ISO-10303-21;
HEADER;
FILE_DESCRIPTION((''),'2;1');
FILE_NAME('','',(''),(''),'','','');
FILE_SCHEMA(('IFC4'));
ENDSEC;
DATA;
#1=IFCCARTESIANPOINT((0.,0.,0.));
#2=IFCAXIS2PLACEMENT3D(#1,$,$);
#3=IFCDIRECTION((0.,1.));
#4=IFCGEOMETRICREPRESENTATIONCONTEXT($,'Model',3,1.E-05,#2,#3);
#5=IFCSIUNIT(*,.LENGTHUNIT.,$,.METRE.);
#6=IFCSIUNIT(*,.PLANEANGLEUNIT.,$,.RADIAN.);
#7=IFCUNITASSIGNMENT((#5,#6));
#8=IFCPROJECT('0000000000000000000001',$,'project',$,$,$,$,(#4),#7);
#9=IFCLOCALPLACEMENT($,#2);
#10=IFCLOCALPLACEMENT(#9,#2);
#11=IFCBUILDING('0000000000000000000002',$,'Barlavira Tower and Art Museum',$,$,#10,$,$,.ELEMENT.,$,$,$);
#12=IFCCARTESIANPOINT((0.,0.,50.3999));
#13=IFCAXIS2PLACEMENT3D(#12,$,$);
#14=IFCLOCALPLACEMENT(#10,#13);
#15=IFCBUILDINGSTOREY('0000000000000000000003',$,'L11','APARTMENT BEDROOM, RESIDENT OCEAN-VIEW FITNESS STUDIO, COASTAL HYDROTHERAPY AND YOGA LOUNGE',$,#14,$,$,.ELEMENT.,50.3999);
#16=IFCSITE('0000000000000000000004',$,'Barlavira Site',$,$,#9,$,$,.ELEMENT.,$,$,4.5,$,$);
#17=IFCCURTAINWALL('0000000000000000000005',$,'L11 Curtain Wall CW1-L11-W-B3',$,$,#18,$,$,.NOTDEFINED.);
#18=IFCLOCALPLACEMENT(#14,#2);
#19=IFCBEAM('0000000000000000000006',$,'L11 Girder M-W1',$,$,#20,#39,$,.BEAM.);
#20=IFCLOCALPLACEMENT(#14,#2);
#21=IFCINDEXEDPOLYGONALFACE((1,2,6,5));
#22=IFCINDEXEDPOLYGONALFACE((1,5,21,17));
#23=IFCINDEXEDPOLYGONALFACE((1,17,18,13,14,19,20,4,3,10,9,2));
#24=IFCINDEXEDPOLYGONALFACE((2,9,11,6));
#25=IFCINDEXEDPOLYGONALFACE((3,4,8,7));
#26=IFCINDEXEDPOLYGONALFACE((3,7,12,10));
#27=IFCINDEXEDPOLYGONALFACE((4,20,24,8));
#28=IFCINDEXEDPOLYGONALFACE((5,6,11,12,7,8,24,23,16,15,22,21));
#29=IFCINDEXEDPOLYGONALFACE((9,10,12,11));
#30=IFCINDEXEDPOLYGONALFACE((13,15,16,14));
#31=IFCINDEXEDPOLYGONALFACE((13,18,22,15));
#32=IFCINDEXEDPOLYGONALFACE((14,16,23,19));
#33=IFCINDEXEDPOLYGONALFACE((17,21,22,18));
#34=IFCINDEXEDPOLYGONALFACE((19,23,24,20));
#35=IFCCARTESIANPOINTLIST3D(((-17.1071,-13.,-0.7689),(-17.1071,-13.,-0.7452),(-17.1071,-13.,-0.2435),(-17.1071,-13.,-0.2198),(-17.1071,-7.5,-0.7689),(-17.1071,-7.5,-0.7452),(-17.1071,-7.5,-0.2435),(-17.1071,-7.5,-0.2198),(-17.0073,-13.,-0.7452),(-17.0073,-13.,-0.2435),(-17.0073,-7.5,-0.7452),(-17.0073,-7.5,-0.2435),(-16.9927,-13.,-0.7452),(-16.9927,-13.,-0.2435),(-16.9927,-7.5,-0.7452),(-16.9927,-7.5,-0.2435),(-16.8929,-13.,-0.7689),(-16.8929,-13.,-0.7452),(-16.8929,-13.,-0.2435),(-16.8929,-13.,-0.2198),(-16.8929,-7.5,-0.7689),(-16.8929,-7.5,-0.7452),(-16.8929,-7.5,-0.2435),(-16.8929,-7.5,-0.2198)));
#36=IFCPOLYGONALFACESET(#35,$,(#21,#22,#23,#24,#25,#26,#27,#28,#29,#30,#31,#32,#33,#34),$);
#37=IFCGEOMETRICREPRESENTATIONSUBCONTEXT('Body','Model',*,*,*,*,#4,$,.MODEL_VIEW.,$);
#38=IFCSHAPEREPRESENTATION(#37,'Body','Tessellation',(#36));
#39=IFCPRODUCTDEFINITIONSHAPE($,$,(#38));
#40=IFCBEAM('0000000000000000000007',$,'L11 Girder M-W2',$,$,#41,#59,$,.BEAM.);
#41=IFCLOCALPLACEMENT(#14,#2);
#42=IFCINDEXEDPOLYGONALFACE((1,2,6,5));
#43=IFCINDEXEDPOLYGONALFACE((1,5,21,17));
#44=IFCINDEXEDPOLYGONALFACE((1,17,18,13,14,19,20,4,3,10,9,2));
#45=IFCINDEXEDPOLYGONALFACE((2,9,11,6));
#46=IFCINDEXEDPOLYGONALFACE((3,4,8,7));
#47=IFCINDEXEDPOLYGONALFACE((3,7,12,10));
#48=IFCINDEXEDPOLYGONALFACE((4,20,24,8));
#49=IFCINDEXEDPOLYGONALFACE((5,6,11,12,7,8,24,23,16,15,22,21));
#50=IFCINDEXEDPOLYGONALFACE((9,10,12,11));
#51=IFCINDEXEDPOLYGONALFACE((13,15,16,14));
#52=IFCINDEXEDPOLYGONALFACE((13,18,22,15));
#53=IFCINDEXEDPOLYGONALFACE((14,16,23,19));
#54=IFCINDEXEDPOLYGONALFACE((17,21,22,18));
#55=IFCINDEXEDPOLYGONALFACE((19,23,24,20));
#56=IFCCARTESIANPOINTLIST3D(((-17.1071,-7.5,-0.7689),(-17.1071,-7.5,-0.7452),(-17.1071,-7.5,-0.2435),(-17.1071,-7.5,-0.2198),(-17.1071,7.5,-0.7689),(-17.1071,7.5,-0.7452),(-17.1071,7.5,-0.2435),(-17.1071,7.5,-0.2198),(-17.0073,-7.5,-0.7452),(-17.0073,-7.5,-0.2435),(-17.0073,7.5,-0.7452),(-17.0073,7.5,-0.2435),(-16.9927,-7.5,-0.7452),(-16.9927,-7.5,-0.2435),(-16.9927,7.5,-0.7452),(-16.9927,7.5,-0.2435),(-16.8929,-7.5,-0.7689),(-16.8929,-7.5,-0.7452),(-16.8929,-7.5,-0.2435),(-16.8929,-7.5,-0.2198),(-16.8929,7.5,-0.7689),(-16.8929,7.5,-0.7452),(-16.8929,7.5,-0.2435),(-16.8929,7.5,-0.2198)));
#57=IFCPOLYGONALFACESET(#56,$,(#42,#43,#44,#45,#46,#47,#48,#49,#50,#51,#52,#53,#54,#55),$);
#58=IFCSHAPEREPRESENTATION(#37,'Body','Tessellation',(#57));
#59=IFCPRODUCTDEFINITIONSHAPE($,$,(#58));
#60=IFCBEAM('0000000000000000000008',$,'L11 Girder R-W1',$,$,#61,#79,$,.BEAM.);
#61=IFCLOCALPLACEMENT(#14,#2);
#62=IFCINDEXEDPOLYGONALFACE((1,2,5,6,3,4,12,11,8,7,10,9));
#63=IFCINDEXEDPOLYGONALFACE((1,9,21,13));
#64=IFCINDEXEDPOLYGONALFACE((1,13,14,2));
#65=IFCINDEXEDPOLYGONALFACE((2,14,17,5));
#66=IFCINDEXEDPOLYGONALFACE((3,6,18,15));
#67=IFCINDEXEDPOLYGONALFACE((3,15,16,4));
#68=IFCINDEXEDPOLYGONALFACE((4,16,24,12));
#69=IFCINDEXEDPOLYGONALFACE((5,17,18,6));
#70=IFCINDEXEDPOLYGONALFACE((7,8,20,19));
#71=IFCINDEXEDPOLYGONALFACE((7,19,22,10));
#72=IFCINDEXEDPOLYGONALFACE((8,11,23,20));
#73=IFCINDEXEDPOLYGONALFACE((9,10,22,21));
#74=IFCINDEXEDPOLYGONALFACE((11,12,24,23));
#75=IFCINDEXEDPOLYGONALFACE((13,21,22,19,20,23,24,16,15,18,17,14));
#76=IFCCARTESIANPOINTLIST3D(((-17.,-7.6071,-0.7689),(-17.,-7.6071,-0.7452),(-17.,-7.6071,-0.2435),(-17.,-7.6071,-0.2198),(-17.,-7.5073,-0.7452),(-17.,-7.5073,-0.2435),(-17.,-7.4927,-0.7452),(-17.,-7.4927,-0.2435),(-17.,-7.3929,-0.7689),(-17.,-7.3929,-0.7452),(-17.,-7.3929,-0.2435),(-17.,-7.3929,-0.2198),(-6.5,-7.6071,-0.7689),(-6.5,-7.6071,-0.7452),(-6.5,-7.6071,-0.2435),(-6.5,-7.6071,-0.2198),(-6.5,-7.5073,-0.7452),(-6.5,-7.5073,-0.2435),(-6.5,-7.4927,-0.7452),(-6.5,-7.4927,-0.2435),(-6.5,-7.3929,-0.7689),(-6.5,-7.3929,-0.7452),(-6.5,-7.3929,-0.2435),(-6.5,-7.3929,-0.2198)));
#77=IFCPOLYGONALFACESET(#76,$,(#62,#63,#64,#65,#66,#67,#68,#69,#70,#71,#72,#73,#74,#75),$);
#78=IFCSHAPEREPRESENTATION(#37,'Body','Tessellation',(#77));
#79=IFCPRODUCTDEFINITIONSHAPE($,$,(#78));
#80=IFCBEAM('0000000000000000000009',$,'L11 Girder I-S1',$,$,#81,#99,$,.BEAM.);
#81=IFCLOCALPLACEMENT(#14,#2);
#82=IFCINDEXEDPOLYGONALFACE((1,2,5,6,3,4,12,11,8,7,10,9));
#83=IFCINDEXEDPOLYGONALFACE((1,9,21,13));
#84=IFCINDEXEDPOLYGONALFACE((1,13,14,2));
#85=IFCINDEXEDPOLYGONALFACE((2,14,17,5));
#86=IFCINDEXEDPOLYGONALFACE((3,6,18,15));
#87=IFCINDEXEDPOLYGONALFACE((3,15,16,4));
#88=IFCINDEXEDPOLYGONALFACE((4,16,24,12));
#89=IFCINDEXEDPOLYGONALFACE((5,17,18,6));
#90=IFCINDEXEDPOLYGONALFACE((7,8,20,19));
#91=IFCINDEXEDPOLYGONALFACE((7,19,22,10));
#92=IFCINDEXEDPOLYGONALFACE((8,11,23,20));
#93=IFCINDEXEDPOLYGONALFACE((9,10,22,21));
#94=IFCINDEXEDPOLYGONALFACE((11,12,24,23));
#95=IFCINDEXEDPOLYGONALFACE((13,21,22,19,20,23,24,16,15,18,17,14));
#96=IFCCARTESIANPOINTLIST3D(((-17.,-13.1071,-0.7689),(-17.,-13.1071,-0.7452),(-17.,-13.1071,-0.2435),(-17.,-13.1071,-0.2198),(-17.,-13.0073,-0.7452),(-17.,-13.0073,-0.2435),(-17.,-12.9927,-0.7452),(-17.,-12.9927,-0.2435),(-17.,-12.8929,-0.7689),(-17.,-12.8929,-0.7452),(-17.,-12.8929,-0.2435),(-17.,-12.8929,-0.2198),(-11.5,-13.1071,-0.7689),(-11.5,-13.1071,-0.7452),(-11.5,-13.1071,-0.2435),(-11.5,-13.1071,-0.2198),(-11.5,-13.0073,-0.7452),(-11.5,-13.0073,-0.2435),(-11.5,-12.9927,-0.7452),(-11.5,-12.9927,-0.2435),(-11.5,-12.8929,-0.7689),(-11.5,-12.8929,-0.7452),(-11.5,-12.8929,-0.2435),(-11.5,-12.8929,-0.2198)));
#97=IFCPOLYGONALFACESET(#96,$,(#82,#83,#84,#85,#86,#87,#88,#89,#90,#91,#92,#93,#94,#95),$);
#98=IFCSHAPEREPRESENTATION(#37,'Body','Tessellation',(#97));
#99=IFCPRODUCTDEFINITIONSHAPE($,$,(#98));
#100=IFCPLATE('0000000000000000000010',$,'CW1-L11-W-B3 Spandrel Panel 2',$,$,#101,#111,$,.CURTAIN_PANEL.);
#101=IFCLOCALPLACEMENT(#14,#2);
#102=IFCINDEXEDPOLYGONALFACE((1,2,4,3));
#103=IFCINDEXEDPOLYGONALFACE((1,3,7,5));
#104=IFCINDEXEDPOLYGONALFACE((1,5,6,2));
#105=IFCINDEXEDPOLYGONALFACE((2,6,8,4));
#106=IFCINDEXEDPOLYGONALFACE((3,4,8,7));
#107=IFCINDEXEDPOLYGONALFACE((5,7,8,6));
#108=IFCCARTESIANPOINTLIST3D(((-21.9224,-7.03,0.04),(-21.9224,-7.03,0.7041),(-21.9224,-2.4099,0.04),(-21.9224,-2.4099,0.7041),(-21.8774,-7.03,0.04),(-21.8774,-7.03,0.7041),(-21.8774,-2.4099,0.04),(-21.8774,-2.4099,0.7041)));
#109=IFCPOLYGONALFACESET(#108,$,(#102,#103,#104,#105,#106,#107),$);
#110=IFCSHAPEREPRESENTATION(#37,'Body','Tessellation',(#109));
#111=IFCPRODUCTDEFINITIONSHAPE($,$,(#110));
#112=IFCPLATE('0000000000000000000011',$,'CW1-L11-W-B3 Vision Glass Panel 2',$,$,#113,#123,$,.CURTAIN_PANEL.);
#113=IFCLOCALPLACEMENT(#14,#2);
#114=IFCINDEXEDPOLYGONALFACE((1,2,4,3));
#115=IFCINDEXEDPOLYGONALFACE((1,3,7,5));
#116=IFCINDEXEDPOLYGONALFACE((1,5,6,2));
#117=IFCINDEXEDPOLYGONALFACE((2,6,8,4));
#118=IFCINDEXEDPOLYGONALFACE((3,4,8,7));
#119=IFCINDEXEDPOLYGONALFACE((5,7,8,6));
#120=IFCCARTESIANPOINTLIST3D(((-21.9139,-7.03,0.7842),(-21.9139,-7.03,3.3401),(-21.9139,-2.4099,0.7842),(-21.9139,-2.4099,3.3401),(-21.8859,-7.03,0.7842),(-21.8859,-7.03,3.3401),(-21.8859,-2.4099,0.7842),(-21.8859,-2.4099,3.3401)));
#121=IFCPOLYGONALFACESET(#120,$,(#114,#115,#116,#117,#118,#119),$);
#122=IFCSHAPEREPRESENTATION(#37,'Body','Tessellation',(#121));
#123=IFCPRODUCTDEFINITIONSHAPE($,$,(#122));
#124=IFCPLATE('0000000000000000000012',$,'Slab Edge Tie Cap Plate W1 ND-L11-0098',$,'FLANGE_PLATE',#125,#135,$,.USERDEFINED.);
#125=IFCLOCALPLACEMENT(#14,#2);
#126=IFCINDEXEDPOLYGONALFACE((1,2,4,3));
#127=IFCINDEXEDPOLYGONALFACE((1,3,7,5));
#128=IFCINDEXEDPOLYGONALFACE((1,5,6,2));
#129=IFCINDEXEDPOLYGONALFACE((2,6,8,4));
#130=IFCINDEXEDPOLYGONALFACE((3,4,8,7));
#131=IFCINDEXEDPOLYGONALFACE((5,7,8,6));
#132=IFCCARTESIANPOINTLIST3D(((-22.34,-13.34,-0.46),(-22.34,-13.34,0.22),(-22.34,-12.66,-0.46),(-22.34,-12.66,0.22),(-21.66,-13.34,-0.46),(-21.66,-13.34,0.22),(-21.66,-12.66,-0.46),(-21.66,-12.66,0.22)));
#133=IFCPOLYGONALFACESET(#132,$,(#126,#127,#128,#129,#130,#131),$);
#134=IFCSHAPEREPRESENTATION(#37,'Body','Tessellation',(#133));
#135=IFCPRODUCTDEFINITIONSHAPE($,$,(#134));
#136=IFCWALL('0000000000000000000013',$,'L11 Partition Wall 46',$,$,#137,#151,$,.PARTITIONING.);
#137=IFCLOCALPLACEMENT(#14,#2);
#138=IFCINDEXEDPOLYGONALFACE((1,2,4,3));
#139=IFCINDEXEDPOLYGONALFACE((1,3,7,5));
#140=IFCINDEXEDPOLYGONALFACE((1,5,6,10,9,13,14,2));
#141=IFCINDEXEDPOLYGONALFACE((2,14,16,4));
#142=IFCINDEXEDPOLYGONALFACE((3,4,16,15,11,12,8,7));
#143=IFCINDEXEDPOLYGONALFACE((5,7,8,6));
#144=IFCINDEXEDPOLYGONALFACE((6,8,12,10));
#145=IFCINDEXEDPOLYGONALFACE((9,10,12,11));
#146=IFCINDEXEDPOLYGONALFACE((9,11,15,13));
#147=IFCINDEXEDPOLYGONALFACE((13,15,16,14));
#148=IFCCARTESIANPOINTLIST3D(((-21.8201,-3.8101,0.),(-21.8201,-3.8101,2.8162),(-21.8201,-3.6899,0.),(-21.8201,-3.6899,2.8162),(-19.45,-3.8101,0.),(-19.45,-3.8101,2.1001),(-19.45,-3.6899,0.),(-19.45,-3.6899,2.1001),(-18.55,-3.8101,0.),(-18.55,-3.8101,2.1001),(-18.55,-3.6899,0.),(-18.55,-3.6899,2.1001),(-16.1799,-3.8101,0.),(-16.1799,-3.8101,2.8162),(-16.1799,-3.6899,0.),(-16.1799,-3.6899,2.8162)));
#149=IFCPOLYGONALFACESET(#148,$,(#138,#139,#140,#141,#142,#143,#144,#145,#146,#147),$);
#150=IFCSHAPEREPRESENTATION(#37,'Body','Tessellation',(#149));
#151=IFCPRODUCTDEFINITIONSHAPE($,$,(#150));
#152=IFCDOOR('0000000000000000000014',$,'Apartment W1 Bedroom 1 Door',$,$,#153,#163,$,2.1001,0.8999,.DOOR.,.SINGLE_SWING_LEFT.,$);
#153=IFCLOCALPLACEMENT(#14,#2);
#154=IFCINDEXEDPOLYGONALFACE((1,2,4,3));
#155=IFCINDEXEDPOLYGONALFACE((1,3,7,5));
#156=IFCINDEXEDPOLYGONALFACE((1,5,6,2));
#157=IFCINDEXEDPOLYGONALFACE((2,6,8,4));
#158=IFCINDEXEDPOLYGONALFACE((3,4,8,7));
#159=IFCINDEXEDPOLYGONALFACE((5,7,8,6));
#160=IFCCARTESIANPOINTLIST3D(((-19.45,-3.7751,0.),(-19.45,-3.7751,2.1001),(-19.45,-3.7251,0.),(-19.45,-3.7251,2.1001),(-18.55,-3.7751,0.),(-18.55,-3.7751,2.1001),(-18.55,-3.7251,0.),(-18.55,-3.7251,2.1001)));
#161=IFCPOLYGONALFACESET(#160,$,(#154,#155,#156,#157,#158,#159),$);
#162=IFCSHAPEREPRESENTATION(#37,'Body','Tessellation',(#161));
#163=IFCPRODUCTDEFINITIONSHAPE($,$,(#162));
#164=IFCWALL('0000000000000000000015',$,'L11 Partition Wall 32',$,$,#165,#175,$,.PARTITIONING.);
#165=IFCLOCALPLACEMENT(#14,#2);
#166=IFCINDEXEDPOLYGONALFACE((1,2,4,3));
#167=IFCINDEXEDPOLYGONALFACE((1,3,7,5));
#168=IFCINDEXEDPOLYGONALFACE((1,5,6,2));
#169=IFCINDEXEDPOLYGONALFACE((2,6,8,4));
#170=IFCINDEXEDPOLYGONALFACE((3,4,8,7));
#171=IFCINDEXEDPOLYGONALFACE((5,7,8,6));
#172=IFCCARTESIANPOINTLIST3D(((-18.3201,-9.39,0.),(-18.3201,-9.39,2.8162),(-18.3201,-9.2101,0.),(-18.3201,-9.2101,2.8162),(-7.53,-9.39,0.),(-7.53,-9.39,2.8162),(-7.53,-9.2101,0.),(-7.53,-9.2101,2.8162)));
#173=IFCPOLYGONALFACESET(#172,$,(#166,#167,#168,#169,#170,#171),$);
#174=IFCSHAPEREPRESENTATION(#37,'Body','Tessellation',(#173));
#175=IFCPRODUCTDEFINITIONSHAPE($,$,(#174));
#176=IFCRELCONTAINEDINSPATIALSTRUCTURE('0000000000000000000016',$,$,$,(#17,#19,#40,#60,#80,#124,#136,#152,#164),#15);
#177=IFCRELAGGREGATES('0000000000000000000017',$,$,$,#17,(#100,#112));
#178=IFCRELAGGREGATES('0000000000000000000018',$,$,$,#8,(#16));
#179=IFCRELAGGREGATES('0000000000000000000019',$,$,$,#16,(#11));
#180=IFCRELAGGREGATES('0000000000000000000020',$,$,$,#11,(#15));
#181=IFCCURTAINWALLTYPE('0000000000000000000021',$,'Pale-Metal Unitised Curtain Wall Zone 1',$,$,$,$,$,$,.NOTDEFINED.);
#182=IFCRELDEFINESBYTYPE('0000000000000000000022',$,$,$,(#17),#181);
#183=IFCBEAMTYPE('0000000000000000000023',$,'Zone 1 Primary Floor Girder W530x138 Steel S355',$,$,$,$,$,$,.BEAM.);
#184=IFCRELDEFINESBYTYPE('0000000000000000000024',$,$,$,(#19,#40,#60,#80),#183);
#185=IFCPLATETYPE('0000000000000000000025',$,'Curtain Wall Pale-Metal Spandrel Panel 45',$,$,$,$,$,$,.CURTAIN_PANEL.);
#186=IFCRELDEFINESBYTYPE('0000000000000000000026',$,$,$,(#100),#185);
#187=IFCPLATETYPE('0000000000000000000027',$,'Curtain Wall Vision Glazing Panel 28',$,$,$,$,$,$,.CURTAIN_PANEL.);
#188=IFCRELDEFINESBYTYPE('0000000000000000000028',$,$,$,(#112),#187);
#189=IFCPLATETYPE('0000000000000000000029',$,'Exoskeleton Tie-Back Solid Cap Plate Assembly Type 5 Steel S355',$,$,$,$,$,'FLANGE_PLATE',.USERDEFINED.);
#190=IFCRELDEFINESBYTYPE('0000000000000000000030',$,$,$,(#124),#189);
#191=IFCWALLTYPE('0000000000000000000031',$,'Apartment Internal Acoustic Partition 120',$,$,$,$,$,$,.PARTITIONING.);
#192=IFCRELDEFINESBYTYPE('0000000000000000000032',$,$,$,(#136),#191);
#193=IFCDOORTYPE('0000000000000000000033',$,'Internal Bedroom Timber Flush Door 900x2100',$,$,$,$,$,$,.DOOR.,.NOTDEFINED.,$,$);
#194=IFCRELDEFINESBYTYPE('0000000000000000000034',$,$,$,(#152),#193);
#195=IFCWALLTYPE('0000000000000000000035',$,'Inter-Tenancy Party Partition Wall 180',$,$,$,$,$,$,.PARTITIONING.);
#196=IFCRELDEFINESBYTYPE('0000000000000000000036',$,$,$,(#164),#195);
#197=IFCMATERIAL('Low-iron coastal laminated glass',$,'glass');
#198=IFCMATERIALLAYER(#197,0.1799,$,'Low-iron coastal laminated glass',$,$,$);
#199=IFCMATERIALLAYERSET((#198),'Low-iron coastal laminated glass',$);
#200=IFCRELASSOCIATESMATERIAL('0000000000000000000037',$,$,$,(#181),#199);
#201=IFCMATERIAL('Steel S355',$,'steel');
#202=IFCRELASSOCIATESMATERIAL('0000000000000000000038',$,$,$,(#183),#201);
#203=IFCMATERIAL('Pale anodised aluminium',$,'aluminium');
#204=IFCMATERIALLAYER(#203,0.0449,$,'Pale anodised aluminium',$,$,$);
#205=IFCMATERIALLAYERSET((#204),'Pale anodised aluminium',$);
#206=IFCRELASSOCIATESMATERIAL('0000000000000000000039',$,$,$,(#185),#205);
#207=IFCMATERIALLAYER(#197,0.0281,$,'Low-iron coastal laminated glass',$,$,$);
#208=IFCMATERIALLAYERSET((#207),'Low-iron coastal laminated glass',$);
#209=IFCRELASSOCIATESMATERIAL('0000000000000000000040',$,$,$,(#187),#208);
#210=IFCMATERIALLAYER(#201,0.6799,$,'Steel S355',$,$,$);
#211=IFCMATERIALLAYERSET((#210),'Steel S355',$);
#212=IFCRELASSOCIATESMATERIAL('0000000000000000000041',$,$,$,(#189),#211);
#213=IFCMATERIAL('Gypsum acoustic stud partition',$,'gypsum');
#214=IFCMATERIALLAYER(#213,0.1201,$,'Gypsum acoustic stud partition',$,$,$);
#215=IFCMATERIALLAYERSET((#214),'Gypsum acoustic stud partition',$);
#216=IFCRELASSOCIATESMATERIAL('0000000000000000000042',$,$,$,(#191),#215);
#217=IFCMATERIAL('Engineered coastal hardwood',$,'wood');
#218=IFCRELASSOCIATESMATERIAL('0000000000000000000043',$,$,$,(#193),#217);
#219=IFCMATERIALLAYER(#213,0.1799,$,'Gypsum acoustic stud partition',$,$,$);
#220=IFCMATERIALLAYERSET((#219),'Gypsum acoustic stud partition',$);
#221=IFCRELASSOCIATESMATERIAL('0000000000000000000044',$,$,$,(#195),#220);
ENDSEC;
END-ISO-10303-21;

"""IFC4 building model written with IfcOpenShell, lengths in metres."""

from ifc_helpers import new_model, si_unit, direction, frame, frame_2d, origin, origin_2d, place, context, subcontext, project, spatial, rectangle, i_section, extrude, material, layer, layer_set, material_profile, profile_set, type_object, element, fill, aggregate, save


model = new_model("IFC4")

# Units and contexts
model_context = context("Model", 3, precision=1e-05, world=origin(), true_north=direction((0.0, 1.0)))
body_context = subcontext(model_context, "Body", "Model", "MODEL_VIEW")
ifc_project = project(units=[si_unit("LENGTHUNIT", "METRE"), si_unit("PLANEANGLEUNIT", "RADIAN")], contexts=[model_context])

# Site, building, storey
site_placement = place(None, origin())
site = spatial("IfcSite", under=ifc_project, at=site_placement, Name="Barlavira Site", CompositionType="ELEMENT", RefElevation=4.5)
building_placement = place(site_placement, origin())
building = spatial("IfcBuilding", under=site, at=building_placement, Name="Barlavira Tower and Art Museum", CompositionType="ELEMENT")
storey_placement = place(building_placement, frame((0.0, 0.0, 50.3999)))
storey = spatial("IfcBuildingStorey", under=building, at=storey_placement, Name="L11", Description="APARTMENT BEDROOM, RESIDENT OCEAN-VIEW FITNESS STUDIO, COASTAL HYDROTHERAPY AND YOGA LOUNGE", CompositionType="ELEMENT", Elevation=50.3999)

# Curtain wall
ifc_material_1 = material(Name="Low-iron coastal laminated glass", Category="glass")
ifc_layer_1 = layer(ifc_material_1, 0.1799, Name="Low-iron coastal laminated glass")
ifc_layer_set_1 = layer_set([ifc_layer_1], Name="Low-iron coastal laminated glass")
curtain_wall_type = type_object("IfcCurtainWallType", Name="Pale-Metal Unitised Curtain Wall Zone 1", PredefinedType="NOTDEFINED", material=ifc_layer_set_1)
curtain_wall_placement = place(storey_placement, origin())
curtain_wall = element("IfcCurtainWall", 1, at=curtain_wall_placement, inside=storey, type_object=curtain_wall_type, Name="L11 Curtain Wall CW1-L11-W-B3", PredefinedType="NOTDEFINED")
ifc_material_2 = material(Name="Pale anodised aluminium", Category="aluminium")

# Beams
ifc_material_3 = material(Name="Steel S355", Category="steel")
ifc_material_profile_1 = material_profile(ifc_material_3, i_section(OverallWidth=0.2141, OverallDepth=0.5491, WebThickness=0.0146, FlangeThickness=0.0237, at=origin_2d()), Name="W530x138.0")
ifc_profile_set_1 = profile_set([ifc_material_profile_1], Name="Steel S355")
beam_type_1 = type_object("IfcBeamType", Name="Zone 1 Primary Floor Girder W530x138 Steel S355", PredefinedType="BEAM", material=ifc_profile_set_1)
beam_1_placement = place(storey_placement, frame((-17.0, -13.0, -0.4944), z_axis=(0.0, 1.0, 0.0), x_axis=(-1.0, 0.0, 0.0)))
element("IfcBeam", 2, at=beam_1_placement, inside=storey, type_object=beam_type_1, Name="L11 Girder M-W1", PredefinedType="BEAM", context=body_context, shape_type="SweptSolid", body=[
    extrude(i_section(OverallWidth=0.2141, OverallDepth=0.5491, WebThickness=0.0146, FlangeThickness=0.0237, at=origin_2d()), origin(), (0.0, 0.0, 1.0), 5.5),
])
beam_2_placement = place(storey_placement, frame((-17.0, -7.5, -0.4944), z_axis=(0.0, 1.0, 0.0), x_axis=(-1.0, 0.0, 0.0)))
element("IfcBeam", 3, at=beam_2_placement, inside=storey, type_object=beam_type_1, Name="L11 Girder M-W2", PredefinedType="BEAM", context=body_context, shape_type="SweptSolid", body=[
    extrude(i_section(OverallWidth=0.2141, OverallDepth=0.5491, WebThickness=0.0146, FlangeThickness=0.0237, at=origin_2d()), origin(), (0.0, 0.0, 1.0), 15.0),
])
beam_3_placement = place(storey_placement, frame((-17.0, -7.5, -0.4944), z_axis=(1.0, 0.0, 0.0), x_axis=(0.0, 1.0, 0.0)))
element("IfcBeam", 4, at=beam_3_placement, inside=storey, type_object=beam_type_1, Name="L11 Girder R-W1", PredefinedType="BEAM", context=body_context, shape_type="SweptSolid", body=[
    extrude(i_section(OverallWidth=0.2141, OverallDepth=0.5491, WebThickness=0.0146, FlangeThickness=0.0237, at=origin_2d()), origin(), (0.0, 0.0, 1.0), 10.5),
])
beam_4_placement = place(storey_placement, frame((-17.0, -13.0, -0.4944), z_axis=(1.0, 0.0, 0.0), x_axis=(0.0, 1.0, 0.0)))
element("IfcBeam", 5, at=beam_4_placement, inside=storey, type_object=beam_type_1, Name="L11 Girder I-S1", PredefinedType="BEAM", context=body_context, shape_type="SweptSolid", body=[
    extrude(i_section(OverallWidth=0.2141, OverallDepth=0.5491, WebThickness=0.0146, FlangeThickness=0.0237, at=origin_2d()), origin(), (0.0, 0.0, 1.0), 5.5),
])

# Plates
ifc_layer_2 = layer(ifc_material_2, 0.0449, Name="Pale anodised aluminium")
ifc_layer_set_2 = layer_set([ifc_layer_2], Name="Pale anodised aluminium")
plate_type_1 = type_object("IfcPlateType", Name="Curtain Wall Pale-Metal Spandrel Panel 45", PredefinedType="CURTAIN_PANEL", material=ifc_layer_set_2)
plate_1_placement = place(storey_placement, frame((-21.8999, -4.72, 0.04), z_axis=(0.0, 0.0, 1.0), x_axis=(0.0, -1.0, 0.0)))
plate_1 = element("IfcPlate", 6, at=plate_1_placement, type_object=plate_type_1, Name="CW1-L11-W-B3 Spandrel Panel 2", PredefinedType="CURTAIN_PANEL", context=body_context, shape_type="SweptSolid", body=[
    extrude(rectangle(XDim=4.6201, YDim=0.0449, at=origin_2d()), origin(), (0.0, 0.0, 1.0), 0.6641),
])
ifc_layer_3 = layer(ifc_material_1, 0.0281, Name="Low-iron coastal laminated glass")
ifc_layer_set_3 = layer_set([ifc_layer_3], Name="Low-iron coastal laminated glass")
plate_type_2 = type_object("IfcPlateType", Name="Curtain Wall Vision Glazing Panel 28", PredefinedType="CURTAIN_PANEL", material=ifc_layer_set_3)
plate_2_placement = place(storey_placement, frame((-21.8999, -4.72, 0.7842), z_axis=(0.0, 0.0, 1.0), x_axis=(0.0, -1.0, 0.0)))
plate_2 = element("IfcPlate", 7, at=plate_2_placement, type_object=plate_type_2, Name="CW1-L11-W-B3 Vision Glass Panel 2", PredefinedType="CURTAIN_PANEL", context=body_context, shape_type="SweptSolid", body=[
    extrude(rectangle(XDim=4.6201, YDim=0.0281, at=origin_2d()), origin(), (0.0, 0.0, 1.0), 2.5559),
])
aggregate(curtain_wall, [plate_1, plate_2])
ifc_layer_4 = layer(ifc_material_3, 0.6799, Name="Steel S355")
ifc_layer_set_4 = layer_set([ifc_layer_4], Name="Steel S355")
plate_type_3 = type_object("IfcPlateType", Name="Exoskeleton Tie-Back Solid Cap Plate Assembly Type 5 Steel S355", ElementType="FLANGE_PLATE", PredefinedType="USERDEFINED", material=ifc_layer_set_4)
plate_3_placement = place(storey_placement, frame((-22.0, -13.0, -0.46), z_axis=(0.0, 0.0, 1.0), x_axis=(1.0, 0.0, 0.0)))
element("IfcPlate", 8, at=plate_3_placement, inside=storey, type_object=plate_type_3, Name="Slab Edge Tie Cap Plate W1 ND-L11-0098", ObjectType="FLANGE_PLATE", PredefinedType="USERDEFINED", context=body_context, shape_type="SweptSolid", body=[
    extrude(rectangle(XDim=0.6799, YDim=0.6799, at=origin_2d()), origin(), (0.0, 0.0, 1.0), 0.6799),
])

# Wall, opening, door
ifc_material_4 = material(Name="Gypsum acoustic stud partition", Category="gypsum")
ifc_layer_5 = layer(ifc_material_4, 0.1201, Name="Gypsum acoustic stud partition")
ifc_layer_set_5 = layer_set([ifc_layer_5], Name="Gypsum acoustic stud partition")
wall_type_1 = type_object("IfcWallType", Name="Apartment Internal Acoustic Partition 120", PredefinedType="PARTITIONING", material=ifc_layer_set_5)
wall_1_placement = place(storey_placement, frame((-21.8201, -3.75, 0.0), z_axis=(0.0, 0.0, 1.0), x_axis=(1.0, 0.0, 0.0)))
wall_1 = element("IfcWall", 9, at=wall_1_placement, inside=storey, type_object=wall_type_1, Name="L11 Partition Wall 46", PredefinedType="PARTITIONING", context=body_context, shape_type="SweptSolid", body=[
    extrude(rectangle(XDim=5.6401, YDim=0.1201, at=frame_2d((2.8201, 0.0))), origin(), (0.0, 0.0, 1.0), 2.8162),
])
opening_1_placement = place(wall_1_placement, frame((2.3701, 0.0, 0.0)))
opening_1 = element("IfcOpeningElement", 10, at=opening_1_placement, cuts=wall_1, PredefinedType="OPENING", context=body_context, shape_type="SweptSolid", body=[
    extrude(rectangle(XDim=0.8999, YDim=2.1001, at=frame_2d((0.45, 1.05))), frame((0.0, 0.0701, 0.0), z_axis=(0.0, -1.0, 0.0), x_axis=(1.0, 0.0, 0.0)), (0.0, 0.0, 1.0), 0.1401),
])
ifc_material_5 = material(Name="Engineered coastal hardwood", Category="wood")
door_type_1 = type_object("IfcDoorType", Name="Internal Bedroom Timber Flush Door 900x2100", OperationType="NOTDEFINED", PredefinedType="DOOR", material=ifc_material_5)
door_1_placement = place(opening_1_placement, origin())
door_1 = element("IfcDoor", 11, at=door_1_placement, inside=storey, type_object=door_type_1, Name="Apartment W1 Bedroom 1 Door", OperationType="SINGLE_SWING_LEFT", OverallHeight=2.1001, OverallWidth=0.8999, PredefinedType="DOOR", context=body_context, shape_type="SweptSolid", body=[
    extrude(rectangle(XDim=0.8999, YDim=2.1001, at=frame_2d((0.45, 1.05))), frame((0.0, 0.0249, 0.0), z_axis=(0.0, -1.0, 0.0), x_axis=(1.0, 0.0, 0.0)), (0.0, 0.0, 1.0), 0.05),
])
fill(opening_1, door_1)

# Wall
ifc_layer_6 = layer(ifc_material_4, 0.1799, Name="Gypsum acoustic stud partition")
ifc_layer_set_6 = layer_set([ifc_layer_6], Name="Gypsum acoustic stud partition")
wall_type_2 = type_object("IfcWallType", Name="Inter-Tenancy Party Partition Wall 180", PredefinedType="PARTITIONING", material=ifc_layer_set_6)
wall_2_placement = place(storey_placement, frame((-18.3201, -9.3, 0.0), z_axis=(0.0, 0.0, 1.0), x_axis=(1.0, 0.0, 0.0)))
element("IfcWall", 12, at=wall_2_placement, inside=storey, type_object=wall_type_2, Name="L11 Partition Wall 32", PredefinedType="PARTITIONING", context=body_context, shape_type="SweptSolid", body=[
    extrude(rectangle(XDim=10.79, YDim=0.1799, at=frame_2d((5.395, 0.0))), origin(), (0.0, 0.0, 1.0), 2.8162),
])

save(model, "model.ifc")
